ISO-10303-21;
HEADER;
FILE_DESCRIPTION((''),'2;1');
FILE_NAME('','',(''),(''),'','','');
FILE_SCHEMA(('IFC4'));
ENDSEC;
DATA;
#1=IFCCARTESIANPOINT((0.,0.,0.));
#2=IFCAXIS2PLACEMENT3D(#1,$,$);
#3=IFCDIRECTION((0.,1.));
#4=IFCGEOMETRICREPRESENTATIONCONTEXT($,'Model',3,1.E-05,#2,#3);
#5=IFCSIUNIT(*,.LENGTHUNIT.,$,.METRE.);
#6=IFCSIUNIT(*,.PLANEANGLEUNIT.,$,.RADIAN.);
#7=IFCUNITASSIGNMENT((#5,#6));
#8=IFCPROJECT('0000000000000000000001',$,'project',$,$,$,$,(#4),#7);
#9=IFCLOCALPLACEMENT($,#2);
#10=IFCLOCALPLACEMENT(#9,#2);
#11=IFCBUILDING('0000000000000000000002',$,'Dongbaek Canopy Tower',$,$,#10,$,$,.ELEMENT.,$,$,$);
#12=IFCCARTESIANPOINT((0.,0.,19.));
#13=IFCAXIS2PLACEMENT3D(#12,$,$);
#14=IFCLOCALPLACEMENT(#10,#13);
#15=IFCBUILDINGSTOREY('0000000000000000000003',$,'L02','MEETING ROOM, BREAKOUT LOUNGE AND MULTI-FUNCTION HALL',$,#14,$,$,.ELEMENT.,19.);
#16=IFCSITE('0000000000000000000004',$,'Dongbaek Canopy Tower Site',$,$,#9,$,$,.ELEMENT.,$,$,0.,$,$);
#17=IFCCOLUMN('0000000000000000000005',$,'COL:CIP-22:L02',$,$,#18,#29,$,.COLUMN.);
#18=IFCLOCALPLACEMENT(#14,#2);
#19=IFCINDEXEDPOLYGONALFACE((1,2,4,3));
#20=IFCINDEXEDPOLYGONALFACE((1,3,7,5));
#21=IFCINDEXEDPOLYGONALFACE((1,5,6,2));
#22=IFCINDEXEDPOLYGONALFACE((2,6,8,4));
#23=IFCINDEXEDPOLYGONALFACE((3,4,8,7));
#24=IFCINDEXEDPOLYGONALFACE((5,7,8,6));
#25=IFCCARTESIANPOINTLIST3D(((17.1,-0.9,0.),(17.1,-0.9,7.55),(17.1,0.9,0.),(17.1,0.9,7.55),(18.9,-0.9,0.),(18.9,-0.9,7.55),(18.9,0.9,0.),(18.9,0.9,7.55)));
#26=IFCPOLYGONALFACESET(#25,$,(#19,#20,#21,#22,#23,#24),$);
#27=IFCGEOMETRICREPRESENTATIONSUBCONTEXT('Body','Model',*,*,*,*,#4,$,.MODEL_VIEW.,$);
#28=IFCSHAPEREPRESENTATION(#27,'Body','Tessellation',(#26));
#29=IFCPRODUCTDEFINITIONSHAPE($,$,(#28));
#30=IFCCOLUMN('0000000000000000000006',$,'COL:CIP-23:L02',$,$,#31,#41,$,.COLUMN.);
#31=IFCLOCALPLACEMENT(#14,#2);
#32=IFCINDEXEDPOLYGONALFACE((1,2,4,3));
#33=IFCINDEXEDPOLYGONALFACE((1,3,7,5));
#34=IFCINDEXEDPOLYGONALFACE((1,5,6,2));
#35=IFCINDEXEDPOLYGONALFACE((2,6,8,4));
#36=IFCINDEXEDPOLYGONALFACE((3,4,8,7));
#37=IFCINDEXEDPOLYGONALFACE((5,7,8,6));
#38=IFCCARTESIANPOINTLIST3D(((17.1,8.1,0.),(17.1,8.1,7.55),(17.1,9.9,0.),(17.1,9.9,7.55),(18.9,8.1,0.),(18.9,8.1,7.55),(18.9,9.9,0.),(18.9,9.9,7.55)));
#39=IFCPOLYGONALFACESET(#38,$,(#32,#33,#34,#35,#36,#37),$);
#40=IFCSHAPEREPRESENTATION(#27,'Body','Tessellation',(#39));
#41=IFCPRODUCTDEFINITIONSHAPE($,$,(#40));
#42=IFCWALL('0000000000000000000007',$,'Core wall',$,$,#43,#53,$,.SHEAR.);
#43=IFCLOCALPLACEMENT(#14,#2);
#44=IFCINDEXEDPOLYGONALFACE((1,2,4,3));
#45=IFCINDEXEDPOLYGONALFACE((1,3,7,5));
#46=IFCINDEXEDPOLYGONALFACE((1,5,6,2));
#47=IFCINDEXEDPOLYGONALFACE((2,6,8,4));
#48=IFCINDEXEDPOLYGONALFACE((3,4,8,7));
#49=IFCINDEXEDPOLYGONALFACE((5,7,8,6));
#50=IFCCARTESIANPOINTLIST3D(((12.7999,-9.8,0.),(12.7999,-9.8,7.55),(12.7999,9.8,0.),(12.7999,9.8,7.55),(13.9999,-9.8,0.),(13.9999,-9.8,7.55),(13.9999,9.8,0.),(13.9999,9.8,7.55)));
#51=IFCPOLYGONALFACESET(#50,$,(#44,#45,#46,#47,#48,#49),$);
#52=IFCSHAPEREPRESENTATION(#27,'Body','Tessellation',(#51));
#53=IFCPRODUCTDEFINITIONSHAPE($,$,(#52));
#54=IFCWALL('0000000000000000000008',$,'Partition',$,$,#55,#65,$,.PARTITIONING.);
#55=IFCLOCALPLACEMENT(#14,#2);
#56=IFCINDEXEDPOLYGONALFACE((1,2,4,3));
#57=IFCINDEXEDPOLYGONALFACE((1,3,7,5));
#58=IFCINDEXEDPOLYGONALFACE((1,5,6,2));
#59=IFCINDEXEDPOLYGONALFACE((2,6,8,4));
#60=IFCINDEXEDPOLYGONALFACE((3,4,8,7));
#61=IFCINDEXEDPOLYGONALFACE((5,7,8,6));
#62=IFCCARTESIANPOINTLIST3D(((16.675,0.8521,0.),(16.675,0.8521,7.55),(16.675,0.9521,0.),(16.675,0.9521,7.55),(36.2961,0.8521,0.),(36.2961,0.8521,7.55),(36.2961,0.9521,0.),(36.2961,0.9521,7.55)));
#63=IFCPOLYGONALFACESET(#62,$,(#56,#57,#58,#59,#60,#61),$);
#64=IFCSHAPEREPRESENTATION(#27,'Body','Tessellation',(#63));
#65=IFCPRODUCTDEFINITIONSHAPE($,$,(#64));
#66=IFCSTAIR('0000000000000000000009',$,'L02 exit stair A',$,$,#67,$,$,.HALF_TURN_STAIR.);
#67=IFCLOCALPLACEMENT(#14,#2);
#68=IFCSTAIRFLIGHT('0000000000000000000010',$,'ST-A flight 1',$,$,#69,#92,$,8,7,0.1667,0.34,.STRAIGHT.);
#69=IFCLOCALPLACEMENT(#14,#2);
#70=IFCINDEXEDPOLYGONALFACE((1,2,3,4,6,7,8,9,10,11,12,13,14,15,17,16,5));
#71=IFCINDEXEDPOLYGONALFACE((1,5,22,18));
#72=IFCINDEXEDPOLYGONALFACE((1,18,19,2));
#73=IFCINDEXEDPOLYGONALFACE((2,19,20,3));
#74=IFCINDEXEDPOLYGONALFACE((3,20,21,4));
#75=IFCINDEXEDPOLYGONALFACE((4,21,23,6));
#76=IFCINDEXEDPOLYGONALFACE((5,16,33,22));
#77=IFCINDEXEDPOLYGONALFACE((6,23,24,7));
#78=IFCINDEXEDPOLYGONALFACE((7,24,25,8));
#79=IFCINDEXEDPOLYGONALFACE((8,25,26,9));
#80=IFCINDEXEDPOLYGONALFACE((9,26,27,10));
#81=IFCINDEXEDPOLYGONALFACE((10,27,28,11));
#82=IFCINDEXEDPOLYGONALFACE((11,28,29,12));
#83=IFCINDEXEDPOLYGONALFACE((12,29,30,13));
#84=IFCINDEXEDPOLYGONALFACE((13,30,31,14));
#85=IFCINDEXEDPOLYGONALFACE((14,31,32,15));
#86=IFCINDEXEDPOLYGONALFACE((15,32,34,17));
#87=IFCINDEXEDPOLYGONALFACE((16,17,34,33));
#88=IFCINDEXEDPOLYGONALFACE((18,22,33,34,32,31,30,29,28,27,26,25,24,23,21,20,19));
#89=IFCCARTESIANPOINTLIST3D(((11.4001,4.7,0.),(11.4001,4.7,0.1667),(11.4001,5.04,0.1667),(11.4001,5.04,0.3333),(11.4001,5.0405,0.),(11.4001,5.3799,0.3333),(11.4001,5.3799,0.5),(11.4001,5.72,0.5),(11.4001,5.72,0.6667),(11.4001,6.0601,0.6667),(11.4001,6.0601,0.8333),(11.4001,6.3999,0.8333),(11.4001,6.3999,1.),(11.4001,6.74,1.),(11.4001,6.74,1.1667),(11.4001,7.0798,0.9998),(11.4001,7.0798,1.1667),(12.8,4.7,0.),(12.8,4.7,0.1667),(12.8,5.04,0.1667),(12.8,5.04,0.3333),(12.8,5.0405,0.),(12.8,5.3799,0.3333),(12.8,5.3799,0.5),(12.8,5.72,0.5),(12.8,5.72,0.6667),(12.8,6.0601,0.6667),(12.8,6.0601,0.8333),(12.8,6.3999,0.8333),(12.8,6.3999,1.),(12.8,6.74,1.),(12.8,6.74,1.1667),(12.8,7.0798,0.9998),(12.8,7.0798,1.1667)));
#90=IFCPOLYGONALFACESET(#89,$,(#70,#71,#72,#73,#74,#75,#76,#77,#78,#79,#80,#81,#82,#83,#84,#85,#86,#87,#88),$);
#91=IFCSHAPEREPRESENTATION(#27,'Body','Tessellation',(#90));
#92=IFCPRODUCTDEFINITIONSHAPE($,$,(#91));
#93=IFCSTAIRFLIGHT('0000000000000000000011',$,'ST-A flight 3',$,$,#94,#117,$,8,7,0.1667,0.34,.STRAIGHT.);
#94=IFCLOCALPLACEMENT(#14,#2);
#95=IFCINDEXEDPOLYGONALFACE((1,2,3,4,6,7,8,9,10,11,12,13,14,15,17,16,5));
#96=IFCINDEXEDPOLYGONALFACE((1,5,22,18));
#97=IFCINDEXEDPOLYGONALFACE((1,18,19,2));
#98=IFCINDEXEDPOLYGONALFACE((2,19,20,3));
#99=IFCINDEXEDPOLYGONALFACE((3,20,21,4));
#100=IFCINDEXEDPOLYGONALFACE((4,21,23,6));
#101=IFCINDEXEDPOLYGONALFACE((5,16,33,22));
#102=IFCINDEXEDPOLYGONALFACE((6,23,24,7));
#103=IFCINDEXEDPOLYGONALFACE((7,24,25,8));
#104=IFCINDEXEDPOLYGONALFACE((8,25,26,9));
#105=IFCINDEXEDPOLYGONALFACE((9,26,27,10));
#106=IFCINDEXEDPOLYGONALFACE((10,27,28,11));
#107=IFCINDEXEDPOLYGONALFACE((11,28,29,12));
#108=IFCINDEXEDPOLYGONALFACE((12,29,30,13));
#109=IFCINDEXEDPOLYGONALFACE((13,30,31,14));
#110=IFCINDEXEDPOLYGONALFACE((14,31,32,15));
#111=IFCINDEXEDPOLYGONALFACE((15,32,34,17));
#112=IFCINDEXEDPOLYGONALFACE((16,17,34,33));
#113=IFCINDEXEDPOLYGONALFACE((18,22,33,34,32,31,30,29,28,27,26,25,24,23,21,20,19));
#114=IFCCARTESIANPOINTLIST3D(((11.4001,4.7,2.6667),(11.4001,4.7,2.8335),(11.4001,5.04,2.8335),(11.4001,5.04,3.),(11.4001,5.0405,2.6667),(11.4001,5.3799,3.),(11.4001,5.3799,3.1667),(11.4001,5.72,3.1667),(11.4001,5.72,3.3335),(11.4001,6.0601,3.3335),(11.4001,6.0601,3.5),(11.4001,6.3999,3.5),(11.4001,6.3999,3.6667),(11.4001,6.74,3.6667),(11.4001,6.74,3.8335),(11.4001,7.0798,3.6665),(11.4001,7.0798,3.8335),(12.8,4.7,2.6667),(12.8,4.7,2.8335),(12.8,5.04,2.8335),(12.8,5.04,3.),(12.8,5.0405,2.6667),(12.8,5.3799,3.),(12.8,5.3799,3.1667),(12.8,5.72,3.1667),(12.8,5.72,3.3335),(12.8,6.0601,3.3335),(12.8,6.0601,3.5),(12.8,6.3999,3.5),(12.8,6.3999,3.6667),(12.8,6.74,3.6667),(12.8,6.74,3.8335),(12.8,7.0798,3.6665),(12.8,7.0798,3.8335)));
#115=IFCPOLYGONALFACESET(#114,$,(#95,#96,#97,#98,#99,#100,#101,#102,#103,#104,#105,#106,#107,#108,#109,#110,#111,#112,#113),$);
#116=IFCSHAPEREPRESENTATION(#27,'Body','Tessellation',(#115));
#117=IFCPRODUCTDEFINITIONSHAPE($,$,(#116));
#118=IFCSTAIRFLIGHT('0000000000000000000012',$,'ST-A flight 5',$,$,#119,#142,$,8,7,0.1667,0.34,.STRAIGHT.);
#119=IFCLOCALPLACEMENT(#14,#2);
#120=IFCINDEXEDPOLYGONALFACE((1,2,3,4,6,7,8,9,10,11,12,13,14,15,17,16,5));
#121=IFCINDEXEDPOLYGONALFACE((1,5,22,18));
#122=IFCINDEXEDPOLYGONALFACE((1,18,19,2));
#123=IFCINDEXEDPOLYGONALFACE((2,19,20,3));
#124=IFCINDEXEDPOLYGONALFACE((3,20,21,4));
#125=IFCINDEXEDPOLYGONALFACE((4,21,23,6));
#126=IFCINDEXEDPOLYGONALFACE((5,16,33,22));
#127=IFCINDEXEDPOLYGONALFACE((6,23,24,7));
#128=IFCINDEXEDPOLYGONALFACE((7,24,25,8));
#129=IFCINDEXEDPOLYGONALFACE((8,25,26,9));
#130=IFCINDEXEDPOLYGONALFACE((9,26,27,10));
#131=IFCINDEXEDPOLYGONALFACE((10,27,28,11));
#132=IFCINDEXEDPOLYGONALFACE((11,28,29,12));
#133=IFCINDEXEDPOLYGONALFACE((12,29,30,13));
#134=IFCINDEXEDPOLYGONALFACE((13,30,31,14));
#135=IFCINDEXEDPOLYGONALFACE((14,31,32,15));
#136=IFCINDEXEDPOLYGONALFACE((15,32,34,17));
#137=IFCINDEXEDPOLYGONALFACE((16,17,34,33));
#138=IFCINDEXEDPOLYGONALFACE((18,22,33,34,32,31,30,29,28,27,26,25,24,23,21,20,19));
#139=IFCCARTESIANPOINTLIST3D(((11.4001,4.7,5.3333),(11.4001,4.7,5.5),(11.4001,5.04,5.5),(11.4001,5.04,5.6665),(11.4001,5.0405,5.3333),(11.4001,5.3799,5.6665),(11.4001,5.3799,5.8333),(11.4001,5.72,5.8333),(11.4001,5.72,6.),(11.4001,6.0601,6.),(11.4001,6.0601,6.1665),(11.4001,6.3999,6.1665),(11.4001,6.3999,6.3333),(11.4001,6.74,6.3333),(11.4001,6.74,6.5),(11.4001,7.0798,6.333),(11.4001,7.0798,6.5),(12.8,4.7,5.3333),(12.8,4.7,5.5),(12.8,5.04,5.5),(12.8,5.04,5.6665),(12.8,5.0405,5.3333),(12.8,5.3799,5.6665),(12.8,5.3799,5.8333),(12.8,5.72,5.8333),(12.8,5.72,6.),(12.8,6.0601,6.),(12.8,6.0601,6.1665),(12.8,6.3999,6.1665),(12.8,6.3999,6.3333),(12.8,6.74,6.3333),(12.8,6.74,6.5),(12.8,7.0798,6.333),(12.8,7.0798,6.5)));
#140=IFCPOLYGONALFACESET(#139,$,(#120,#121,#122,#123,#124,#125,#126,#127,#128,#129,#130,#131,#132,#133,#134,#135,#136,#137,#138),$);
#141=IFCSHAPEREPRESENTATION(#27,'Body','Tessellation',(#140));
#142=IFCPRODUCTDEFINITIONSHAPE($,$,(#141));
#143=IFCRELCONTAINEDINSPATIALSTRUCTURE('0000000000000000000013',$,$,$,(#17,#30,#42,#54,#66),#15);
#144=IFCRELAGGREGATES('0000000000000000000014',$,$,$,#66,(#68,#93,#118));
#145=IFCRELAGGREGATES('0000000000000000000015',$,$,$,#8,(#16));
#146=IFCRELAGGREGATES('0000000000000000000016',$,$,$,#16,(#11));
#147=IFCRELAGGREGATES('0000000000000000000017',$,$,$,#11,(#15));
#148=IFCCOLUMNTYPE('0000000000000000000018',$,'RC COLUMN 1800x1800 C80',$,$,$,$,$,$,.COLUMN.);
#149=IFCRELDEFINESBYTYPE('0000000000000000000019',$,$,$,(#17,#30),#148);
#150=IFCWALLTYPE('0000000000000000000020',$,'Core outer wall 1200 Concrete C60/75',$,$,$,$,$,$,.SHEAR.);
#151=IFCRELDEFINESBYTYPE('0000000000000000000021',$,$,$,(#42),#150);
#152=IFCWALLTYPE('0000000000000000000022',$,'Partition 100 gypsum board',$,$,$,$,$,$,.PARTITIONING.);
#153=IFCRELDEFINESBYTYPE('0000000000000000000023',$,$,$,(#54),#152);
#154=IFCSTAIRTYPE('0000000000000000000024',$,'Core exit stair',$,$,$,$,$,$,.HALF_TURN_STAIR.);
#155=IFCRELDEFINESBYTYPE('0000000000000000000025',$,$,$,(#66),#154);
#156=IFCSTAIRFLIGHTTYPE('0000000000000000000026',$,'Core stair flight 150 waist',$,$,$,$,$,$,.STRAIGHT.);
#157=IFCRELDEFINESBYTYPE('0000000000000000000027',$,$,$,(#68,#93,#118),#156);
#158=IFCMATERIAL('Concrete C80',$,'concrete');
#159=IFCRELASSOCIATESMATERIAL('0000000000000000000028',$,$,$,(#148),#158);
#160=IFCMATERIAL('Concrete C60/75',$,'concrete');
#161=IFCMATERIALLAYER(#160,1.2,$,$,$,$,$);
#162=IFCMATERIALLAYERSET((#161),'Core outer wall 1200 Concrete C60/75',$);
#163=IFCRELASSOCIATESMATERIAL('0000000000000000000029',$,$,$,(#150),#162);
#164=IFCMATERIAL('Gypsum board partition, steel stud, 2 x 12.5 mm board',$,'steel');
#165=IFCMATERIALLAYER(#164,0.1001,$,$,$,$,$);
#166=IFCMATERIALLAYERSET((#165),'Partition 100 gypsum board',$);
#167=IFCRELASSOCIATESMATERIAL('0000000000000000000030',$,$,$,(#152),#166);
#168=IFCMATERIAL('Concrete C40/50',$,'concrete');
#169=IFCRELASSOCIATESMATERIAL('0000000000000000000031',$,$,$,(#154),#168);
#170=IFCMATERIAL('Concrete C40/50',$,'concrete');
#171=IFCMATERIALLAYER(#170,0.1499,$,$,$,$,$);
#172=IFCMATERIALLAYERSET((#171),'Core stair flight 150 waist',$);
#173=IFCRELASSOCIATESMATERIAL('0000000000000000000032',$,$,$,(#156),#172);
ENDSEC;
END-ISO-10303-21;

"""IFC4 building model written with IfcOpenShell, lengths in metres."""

from ifc_helpers import new_model, si_unit, direction, frame, frame_2d, origin, origin_2d, place, context, subcontext, project, spatial, polyline, rectangle, outline, extrude, material, layer, layer_set, material_profile, profile_set, type_object, element, aggregate, save


model = new_model("IFC4")

# Units and contexts
model_context = context("Model", 3, precision=1e-05, world=origin(), true_north=direction((0.0, 1.0)))
body_context = subcontext(model_context, "Body", "Model", "MODEL_VIEW")
ifc_project = project(units=[si_unit("LENGTHUNIT", "METRE"), si_unit("PLANEANGLEUNIT", "RADIAN")], contexts=[model_context])

# Site, building, storey
site_placement = place(None, origin())
site = spatial("IfcSite", under=ifc_project, at=site_placement, Name="Dongbaek Canopy Tower Site", CompositionType="ELEMENT", RefElevation=0.0)
building_placement = place(site_placement, origin())
building = spatial("IfcBuilding", under=site, at=building_placement, Name="Dongbaek Canopy Tower", CompositionType="ELEMENT")
storey_placement = place(building_placement, frame((0.0, 0.0, 19.0)))
storey = spatial("IfcBuildingStorey", under=building, at=storey_placement, Name="L02", Description="MEETING ROOM, BREAKOUT LOUNGE AND MULTI-FUNCTION HALL", CompositionType="ELEMENT", Elevation=19.0)

# Columns
ifc_material_1 = material(Name="Concrete C80", Category="concrete")
ifc_material_profile = material_profile(ifc_material_1, rectangle(XDim=1.8, YDim=1.8, at=origin_2d()), Name="RC COLUMN 1800x1800 C80")
ifc_profile_set = profile_set([ifc_material_profile], Name="Concrete C80")
column_type = type_object("IfcColumnType", Name="RC COLUMN 1800x1800 C80", PredefinedType="COLUMN", material=ifc_profile_set)
for number, where, z_axis, x_axis, name in (
    (1, (18.0, 0.0, 0.0), (0.0, 0.0, 1.0), (1.0, 0.0, 0.0), "COL:CIP-22:L02"),
    (2, (18.0, 9.0, 0.0), (0.0, 0.0, 1.0), (1.0, 0.0, 0.0), "COL:CIP-23:L02"),
):
    element("IfcColumn", number, at=place(storey_placement, frame(where, z_axis=z_axis, x_axis=x_axis)), inside=storey, type_object=column_type, Name=name, PredefinedType="COLUMN", context=body_context, shape_type="SweptSolid", body=[
        extrude(rectangle(XDim=1.8, YDim=1.8, at=origin_2d()), origin(), (0.0, 0.0, 1.0), 7.55),
    ])

# Walls
ifc_material_2 = material(Name="Concrete C60/75", Category="concrete")
ifc_layer_1 = layer(ifc_material_2, 1.2)
ifc_layer_set_1 = layer_set([ifc_layer_1], Name="Core outer wall 1200 Concrete C60/75")
wall_type_1 = type_object("IfcWallType", Name="Core outer wall 1200 Concrete C60/75", PredefinedType="SHEAR", material=ifc_layer_set_1)
wall_1_placement = place(storey_placement, frame((13.3999, 9.8, 0.0), z_axis=(0.0, 0.0, 1.0), x_axis=(0.0, -1.0, 0.0)))
element("IfcWall", 3, at=wall_1_placement, inside=storey, type_object=wall_type_1, Name="Core wall", PredefinedType="SHEAR", context=body_context, shape_type="SweptSolid", body=[
    extrude(rectangle(XDim=19.6001, YDim=1.2, at=frame_2d((9.8, 0.0))), origin(), (0.0, 0.0, 1.0), 7.55),
])
ifc_material_3 = material(Name="Gypsum board partition, steel stud, 2 x 12.5 mm board", Category="steel")
ifc_layer_2 = layer(ifc_material_3, 0.1001)
ifc_layer_set_2 = layer_set([ifc_layer_2], Name="Partition 100 gypsum board")
wall_type_2 = type_object("IfcWallType", Name="Partition 100 gypsum board", PredefinedType="PARTITIONING", material=ifc_layer_set_2)
wall_2_placement = place(storey_placement, frame((16.675, 0.9021, 0.0), z_axis=(0.0, 0.0, 1.0), x_axis=(1.0, 0.0, 0.0)))
element("IfcWall", 4, at=wall_2_placement, inside=storey, type_object=wall_type_2, Name="Partition", PredefinedType="PARTITIONING", context=body_context, shape_type="SweptSolid", body=[
    extrude(rectangle(XDim=19.6211, YDim=0.1001, at=frame_2d((9.8105, 0.0))), origin(), (0.0, 0.0, 1.0), 7.55),
])

# Stair, stair flights
ifc_material_4 = material(Name="Concrete C40/50", Category="concrete")
stair_type = type_object("IfcStairType", Name="Core exit stair", PredefinedType="HALF_TURN_STAIR", material=ifc_material_4)
stair_placement = place(storey_placement, origin())
stair = element("IfcStair", 5, at=stair_placement, inside=storey, type_object=stair_type, Name="L02 exit stair A", PredefinedType="HALF_TURN_STAIR")
ifc_material_5 = material(Name="Concrete C40/50", Category="concrete")
ifc_layer_3 = layer(ifc_material_5, 0.1499)
ifc_layer_set_3 = layer_set([ifc_layer_3], Name="Core stair flight 150 waist")
stair_flight_type = type_object("IfcStairFlightType", Name="Core stair flight 150 waist", PredefinedType="STRAIGHT", material=ifc_layer_set_3)
stair_flight_1_placement = place(storey_placement, frame((12.1001, 4.7, 0.0), z_axis=(0.0, 0.0, 1.0), x_axis=(0.0, 1.0, 0.0)))
stair_flight_1 = element("IfcStairFlight", 6, at=stair_flight_1_placement, type_object=stair_flight_type, Name="ST-A flight 1", NumberOfRisers=8, NumberOfTreads=7, PredefinedType="STRAIGHT", RiserHeight=0.1667, TreadLength=0.34, context=body_context, shape_type="SweptSolid", body=[
    extrude(outline(polyline([(0.0, 0.0), (0.0, 0.1667), (0.3401, 0.1667), (0.3401, 0.3333), (0.6799, 0.3333), (0.6799, 0.5), (1.02, 0.5), (1.02, 0.6667), (1.3601, 0.6667), (1.3601, 0.8333), (1.7, 0.8333), (1.7, 1.0), (2.04, 1.0), (2.04, 1.1667), (2.3799, 1.1667), (2.3799, 1.3333), (2.3799, 0.9998), (0.3406, 0.0), (0.0, 0.0)])), frame((0.0, 0.7, 0.0), z_axis=(0.0, -1.0, 0.0), x_axis=(1.0, 0.0, 0.0)), (0.0, 0.0, 1.0), 1.3999),
])
stair_flight_2_placement = place(storey_placement, frame((12.1001, 4.7, 2.6667), z_axis=(0.0, 0.0, 1.0), x_axis=(0.0, 1.0, 0.0)))
stair_flight_2 = element("IfcStairFlight", 7, at=stair_flight_2_placement, type_object=stair_flight_type, Name="ST-A flight 3", NumberOfRisers=8, NumberOfTreads=7, PredefinedType="STRAIGHT", RiserHeight=0.1667, TreadLength=0.34, context=body_context, shape_type="SweptSolid", body=[
    extrude(outline(polyline([(0.0, 0.0), (0.0, 0.1667), (0.3401, 0.1667), (0.3401, 0.3333), (0.6799, 0.3333), (0.6799, 0.5), (1.02, 0.5), (1.02, 0.6667), (1.3601, 0.6667), (1.3601, 0.8333), (1.7, 0.8333), (1.7, 1.0), (2.04, 1.0), (2.04, 1.1667), (2.3799, 1.1667), (2.3799, 1.3333), (2.3799, 0.9998), (0.3406, 0.0), (0.0, 0.0)])), frame((0.0, 0.7, 0.0), z_axis=(0.0, -1.0, 0.0), x_axis=(1.0, 0.0, 0.0)), (0.0, 0.0, 1.0), 1.3999),
])
stair_flight_3_placement = place(storey_placement, frame((12.1001, 4.7, 5.3333), z_axis=(0.0, 0.0, 1.0), x_axis=(0.0, 1.0, 0.0)))
stair_flight_3 = element("IfcStairFlight", 8, at=stair_flight_3_placement, type_object=stair_flight_type, Name="ST-A flight 5", NumberOfRisers=8, NumberOfTreads=7, PredefinedType="STRAIGHT", RiserHeight=0.1667, TreadLength=0.34, context=body_context, shape_type="SweptSolid", body=[
    extrude(outline(polyline([(0.0, 0.0), (0.0, 0.1667), (0.3401, 0.1667), (0.3401, 0.3333), (0.6799, 0.3333), (0.6799, 0.5), (1.02, 0.5), (1.02, 0.6667), (1.3601, 0.6667), (1.3601, 0.8333), (1.7, 0.8333), (1.7, 1.0), (2.04, 1.0), (2.04, 1.1667), (2.3799, 1.1667), (2.3799, 1.3333), (2.3799, 0.9998), (0.3406, 0.0), (0.0, 0.0)])), frame((0.0, 0.7, 0.0), z_axis=(0.0, -1.0, 0.0), x_axis=(1.0, 0.0, 0.0)), (0.0, 0.0, 1.0), 1.3999),
])
aggregate(stair, [stair_flight_1, stair_flight_2, stair_flight_3])

save(model, "model.ifc")
